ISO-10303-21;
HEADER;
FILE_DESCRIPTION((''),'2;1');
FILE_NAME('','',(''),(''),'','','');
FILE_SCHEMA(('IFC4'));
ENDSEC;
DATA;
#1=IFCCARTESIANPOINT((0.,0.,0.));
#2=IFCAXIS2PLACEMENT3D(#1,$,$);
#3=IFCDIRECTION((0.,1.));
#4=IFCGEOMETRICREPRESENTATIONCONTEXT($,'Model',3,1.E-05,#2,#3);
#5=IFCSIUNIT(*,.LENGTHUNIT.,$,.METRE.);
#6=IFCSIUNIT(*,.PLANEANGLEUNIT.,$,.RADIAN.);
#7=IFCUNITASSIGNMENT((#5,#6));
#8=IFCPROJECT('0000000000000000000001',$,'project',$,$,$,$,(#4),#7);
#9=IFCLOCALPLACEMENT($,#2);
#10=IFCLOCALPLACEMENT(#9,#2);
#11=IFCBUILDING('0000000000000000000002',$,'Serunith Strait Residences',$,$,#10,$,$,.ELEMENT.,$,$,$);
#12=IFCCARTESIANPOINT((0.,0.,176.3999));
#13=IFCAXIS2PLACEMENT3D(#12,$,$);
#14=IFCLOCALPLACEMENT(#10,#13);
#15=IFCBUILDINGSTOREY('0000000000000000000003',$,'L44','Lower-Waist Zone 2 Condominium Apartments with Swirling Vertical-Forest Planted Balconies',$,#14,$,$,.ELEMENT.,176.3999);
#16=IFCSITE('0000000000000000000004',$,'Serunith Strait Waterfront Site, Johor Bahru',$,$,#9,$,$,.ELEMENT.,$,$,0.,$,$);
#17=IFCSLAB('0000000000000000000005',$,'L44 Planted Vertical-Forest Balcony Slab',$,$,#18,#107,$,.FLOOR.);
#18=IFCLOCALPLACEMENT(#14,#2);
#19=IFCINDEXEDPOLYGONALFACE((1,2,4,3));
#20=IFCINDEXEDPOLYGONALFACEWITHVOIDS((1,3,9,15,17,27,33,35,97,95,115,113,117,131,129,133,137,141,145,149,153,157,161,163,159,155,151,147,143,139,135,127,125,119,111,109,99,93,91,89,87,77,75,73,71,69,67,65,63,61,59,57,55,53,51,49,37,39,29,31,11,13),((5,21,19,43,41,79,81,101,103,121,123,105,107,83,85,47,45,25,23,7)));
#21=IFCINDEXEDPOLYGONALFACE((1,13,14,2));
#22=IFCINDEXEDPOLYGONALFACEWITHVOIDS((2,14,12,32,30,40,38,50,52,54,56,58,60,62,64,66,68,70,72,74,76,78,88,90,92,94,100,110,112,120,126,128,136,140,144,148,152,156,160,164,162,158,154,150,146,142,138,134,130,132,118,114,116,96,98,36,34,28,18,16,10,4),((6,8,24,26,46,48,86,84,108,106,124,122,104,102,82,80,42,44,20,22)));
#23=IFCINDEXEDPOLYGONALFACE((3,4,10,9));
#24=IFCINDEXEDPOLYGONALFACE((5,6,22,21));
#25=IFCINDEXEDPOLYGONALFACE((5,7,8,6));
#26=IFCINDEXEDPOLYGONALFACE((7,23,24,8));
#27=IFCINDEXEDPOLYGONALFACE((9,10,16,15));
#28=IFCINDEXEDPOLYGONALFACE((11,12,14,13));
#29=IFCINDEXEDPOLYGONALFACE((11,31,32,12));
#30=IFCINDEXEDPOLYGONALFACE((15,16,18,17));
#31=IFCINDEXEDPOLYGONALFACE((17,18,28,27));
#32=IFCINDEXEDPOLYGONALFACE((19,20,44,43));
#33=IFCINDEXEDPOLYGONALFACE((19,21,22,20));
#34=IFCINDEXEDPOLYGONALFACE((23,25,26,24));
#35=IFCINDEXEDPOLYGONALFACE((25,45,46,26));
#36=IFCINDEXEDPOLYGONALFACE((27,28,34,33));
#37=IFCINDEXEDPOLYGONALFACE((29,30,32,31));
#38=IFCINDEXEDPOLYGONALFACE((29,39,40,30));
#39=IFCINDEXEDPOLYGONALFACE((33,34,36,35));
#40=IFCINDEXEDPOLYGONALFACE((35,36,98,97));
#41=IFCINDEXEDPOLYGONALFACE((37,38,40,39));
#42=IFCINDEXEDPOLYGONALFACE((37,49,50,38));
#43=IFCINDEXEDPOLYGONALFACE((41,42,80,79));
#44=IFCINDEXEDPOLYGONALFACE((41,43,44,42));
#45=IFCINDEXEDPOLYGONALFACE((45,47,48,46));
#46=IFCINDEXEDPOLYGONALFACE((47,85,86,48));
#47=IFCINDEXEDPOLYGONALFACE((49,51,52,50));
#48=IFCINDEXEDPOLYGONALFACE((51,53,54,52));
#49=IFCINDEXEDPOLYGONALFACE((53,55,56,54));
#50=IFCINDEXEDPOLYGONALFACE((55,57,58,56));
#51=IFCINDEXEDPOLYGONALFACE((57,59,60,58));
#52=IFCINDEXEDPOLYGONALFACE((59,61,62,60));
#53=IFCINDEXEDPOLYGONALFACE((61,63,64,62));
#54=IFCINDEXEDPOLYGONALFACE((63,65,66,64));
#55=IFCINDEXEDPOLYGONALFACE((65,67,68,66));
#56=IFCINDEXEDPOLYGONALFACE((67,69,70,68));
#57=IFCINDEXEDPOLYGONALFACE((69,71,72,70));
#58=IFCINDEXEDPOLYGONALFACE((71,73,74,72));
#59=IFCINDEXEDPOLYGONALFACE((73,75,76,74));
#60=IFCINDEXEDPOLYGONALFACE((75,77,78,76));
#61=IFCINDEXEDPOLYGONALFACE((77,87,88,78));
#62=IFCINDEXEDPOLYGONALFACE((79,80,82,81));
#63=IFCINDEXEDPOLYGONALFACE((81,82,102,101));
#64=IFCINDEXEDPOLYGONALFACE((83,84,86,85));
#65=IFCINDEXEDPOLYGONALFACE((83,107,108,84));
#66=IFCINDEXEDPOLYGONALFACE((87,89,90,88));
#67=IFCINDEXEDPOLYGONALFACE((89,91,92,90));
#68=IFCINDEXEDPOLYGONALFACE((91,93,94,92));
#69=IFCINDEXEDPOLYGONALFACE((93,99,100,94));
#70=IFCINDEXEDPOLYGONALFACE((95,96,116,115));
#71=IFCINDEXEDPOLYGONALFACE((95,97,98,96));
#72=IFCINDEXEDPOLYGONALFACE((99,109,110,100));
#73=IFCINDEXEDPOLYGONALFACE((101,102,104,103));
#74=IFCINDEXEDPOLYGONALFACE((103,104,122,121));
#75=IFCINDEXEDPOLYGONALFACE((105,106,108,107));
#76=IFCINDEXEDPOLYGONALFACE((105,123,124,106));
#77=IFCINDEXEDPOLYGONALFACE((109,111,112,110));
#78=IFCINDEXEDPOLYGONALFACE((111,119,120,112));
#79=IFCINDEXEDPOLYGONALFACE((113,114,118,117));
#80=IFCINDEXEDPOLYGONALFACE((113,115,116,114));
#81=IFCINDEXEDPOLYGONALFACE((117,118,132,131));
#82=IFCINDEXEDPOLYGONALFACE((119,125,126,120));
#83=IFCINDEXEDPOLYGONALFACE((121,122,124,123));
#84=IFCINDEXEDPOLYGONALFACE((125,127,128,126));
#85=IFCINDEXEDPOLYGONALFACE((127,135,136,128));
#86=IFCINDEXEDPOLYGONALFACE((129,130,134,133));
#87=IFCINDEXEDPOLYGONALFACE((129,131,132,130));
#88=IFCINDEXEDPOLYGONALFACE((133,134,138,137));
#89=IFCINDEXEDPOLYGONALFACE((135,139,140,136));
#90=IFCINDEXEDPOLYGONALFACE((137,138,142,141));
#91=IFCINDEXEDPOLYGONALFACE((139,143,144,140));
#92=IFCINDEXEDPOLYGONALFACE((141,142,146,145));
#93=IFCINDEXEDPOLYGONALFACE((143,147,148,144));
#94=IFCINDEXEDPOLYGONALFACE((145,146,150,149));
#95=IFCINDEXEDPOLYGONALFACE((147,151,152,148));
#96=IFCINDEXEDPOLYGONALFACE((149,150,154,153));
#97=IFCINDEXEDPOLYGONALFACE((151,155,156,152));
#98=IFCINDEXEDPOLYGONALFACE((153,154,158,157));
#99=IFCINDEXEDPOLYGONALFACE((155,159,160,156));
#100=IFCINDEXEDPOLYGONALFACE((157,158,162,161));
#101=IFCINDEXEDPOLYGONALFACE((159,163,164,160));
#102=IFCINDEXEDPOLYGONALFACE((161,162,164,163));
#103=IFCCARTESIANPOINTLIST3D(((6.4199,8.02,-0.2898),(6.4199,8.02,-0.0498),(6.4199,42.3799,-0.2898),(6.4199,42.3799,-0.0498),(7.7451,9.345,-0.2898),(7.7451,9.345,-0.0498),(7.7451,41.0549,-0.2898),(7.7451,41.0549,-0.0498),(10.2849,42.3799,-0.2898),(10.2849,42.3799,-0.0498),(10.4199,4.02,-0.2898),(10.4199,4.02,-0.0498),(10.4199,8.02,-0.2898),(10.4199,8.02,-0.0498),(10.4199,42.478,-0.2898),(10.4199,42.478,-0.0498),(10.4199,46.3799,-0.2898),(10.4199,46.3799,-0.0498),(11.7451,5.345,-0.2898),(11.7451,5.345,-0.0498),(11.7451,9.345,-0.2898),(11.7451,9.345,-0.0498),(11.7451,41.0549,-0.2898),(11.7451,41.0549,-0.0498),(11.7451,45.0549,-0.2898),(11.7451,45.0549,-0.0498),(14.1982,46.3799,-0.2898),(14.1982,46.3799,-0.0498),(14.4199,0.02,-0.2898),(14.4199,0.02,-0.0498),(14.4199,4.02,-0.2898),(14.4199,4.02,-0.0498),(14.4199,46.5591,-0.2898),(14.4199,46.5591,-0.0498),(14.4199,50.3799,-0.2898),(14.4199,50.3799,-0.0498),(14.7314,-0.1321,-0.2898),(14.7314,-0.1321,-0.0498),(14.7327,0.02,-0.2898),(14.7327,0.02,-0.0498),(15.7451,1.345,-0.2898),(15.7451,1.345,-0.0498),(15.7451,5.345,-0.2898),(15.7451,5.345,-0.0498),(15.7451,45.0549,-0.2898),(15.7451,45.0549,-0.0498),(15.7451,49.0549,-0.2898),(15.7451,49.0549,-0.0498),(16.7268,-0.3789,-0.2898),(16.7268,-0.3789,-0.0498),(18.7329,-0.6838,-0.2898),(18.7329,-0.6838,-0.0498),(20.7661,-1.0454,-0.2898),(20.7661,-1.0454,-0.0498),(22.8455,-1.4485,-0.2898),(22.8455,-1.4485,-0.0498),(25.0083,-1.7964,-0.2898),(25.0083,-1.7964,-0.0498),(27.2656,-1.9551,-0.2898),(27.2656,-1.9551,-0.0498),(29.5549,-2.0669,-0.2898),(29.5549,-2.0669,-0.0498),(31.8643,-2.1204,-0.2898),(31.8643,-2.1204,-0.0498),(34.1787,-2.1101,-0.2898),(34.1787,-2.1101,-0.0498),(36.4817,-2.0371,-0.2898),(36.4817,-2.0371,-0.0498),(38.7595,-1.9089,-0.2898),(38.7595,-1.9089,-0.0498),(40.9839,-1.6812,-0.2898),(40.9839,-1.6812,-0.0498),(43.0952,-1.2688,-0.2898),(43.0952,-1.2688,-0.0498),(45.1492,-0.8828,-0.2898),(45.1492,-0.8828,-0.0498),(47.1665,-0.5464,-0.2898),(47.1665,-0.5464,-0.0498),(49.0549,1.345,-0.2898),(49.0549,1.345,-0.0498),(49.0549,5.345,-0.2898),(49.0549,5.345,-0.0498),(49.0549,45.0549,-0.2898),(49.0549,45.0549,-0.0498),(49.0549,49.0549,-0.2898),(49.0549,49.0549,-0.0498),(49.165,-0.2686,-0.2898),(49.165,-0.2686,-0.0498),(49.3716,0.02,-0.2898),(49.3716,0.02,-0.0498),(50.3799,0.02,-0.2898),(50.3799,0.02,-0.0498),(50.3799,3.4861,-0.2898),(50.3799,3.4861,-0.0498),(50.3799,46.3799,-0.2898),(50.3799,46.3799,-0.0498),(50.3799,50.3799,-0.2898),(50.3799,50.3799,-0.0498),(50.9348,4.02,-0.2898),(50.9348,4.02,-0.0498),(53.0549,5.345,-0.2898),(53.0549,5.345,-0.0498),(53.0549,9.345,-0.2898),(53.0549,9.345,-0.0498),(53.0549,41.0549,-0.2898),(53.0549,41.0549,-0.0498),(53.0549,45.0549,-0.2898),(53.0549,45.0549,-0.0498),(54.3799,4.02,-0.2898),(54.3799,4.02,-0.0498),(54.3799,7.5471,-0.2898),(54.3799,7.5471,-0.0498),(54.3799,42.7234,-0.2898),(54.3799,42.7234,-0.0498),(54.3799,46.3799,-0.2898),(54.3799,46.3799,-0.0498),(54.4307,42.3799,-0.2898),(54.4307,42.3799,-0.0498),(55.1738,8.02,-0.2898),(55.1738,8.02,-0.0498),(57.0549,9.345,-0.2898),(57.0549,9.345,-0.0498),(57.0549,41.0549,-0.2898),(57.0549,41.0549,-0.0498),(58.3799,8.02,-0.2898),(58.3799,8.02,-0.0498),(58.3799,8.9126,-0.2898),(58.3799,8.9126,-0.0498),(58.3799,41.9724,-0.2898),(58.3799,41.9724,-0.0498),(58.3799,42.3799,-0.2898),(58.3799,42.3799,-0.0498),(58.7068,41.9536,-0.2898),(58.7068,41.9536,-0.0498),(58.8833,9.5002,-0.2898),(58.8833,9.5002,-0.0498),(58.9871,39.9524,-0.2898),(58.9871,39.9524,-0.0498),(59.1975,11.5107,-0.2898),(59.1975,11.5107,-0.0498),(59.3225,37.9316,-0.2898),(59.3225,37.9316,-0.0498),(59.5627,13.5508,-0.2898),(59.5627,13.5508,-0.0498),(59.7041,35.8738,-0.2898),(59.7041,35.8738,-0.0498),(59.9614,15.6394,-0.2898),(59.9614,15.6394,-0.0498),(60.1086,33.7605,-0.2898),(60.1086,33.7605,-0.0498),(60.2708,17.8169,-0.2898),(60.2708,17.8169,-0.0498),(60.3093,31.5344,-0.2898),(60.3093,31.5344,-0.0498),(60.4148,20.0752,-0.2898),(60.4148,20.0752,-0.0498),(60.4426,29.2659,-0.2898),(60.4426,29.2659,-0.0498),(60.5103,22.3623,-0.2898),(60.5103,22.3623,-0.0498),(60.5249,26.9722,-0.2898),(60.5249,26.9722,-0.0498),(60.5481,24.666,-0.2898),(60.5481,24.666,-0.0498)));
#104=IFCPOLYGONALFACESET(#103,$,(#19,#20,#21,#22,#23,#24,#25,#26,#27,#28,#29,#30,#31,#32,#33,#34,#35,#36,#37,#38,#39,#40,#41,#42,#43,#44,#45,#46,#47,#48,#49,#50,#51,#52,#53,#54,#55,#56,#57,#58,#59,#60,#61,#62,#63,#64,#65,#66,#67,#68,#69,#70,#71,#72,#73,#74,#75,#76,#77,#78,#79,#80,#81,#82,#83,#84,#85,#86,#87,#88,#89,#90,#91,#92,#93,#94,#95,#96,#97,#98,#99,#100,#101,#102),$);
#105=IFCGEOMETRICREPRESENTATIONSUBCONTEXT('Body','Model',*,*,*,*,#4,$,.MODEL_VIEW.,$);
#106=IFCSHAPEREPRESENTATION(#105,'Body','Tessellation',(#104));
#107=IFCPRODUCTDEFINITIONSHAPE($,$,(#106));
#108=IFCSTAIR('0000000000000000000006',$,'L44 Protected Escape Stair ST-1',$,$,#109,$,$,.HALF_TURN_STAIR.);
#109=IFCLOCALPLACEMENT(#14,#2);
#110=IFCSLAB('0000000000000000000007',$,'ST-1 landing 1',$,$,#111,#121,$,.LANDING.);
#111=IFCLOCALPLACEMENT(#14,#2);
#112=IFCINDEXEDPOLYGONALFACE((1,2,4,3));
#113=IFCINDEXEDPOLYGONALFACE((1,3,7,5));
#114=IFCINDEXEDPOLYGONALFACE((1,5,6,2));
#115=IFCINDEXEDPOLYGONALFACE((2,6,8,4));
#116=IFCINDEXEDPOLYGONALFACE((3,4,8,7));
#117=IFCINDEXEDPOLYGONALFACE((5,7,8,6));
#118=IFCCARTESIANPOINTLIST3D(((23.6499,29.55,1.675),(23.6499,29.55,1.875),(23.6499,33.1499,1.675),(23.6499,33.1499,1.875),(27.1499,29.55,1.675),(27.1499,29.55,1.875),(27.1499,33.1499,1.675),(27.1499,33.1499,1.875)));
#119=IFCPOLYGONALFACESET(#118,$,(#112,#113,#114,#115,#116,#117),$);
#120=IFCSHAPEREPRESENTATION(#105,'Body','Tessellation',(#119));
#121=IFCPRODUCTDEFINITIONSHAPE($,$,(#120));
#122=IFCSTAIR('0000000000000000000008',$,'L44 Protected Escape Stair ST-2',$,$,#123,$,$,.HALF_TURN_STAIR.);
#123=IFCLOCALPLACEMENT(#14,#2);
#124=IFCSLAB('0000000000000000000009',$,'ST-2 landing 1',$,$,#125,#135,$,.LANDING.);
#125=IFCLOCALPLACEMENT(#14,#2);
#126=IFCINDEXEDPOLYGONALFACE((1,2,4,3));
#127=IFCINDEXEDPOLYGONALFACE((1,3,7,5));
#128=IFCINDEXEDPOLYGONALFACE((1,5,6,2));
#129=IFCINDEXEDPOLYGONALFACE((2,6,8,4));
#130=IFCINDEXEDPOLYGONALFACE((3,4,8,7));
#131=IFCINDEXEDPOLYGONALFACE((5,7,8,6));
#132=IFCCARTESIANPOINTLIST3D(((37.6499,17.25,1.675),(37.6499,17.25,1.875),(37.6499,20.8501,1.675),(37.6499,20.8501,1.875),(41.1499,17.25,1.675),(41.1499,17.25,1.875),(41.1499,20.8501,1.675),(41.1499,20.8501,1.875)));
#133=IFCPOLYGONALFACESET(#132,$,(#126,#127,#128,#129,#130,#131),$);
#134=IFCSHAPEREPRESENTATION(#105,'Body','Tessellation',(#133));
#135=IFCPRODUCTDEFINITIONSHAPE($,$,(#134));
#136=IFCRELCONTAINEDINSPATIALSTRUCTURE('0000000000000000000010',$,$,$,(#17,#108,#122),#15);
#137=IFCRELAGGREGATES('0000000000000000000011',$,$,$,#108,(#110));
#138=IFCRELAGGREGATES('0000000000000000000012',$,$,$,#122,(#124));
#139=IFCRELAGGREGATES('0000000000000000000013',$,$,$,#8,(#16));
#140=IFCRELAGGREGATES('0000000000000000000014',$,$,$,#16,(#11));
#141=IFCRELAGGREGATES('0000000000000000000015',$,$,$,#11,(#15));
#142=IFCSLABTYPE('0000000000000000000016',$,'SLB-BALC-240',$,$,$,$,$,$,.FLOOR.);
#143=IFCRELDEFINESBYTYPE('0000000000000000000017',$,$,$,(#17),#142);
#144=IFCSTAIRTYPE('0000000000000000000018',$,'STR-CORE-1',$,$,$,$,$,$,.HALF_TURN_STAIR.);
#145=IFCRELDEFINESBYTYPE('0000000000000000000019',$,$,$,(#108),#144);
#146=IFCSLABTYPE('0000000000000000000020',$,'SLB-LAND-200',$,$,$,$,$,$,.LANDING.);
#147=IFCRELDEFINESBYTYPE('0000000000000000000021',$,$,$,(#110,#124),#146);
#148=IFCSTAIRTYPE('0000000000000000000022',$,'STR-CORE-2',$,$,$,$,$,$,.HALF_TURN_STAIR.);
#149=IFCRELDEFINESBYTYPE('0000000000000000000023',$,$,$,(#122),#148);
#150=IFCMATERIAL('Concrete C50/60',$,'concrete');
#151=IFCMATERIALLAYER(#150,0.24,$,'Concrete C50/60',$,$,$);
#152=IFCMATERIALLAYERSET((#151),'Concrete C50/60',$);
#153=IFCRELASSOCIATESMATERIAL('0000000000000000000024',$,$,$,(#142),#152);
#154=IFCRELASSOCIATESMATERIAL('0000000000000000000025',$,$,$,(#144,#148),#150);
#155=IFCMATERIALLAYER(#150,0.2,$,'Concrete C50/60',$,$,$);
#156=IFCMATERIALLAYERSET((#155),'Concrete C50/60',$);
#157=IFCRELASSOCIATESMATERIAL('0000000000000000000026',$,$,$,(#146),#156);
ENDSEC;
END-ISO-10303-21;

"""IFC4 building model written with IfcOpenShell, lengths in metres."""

from ifc_helpers import new_model, si_unit, direction, frame, origin, place, context, subcontext, project, spatial, polyline, outline, extrude, material, layer, layer_set, type_object, element, aggregate, save


model = new_model("IFC4")

# Units and contexts
model_context = context("Model", 3, precision=1e-05, world=origin(), true_north=direction((0.0, 1.0)))
body_context = subcontext(model_context, "Body", "Model", "MODEL_VIEW")
ifc_project = project(units=[si_unit("LENGTHUNIT", "METRE"), si_unit("PLANEANGLEUNIT", "RADIAN")], contexts=[model_context])

# Site, building, storey
site_placement = place(None, origin())
site = spatial("IfcSite", under=ifc_project, at=site_placement, Name="Serunith Strait Waterfront Site, Johor Bahru", CompositionType="ELEMENT", RefElevation=0.0)
building_placement = place(site_placement, origin())
building = spatial("IfcBuilding", under=site, at=building_placement, Name="Serunith Strait Residences", CompositionType="ELEMENT")
storey_placement = place(building_placement, frame((0.0, 0.0, 176.3999)))
storey = spatial("IfcBuildingStorey", under=building, at=storey_placement, Name="L44", Description="Lower-Waist Zone 2 Condominium Apartments with Swirling Vertical-Forest Planted Balconies", CompositionType="ELEMENT", Elevation=176.3999)

# Slab
ifc_material_1 = material(Name="Concrete C50/60", Category="concrete")
ifc_layer_1 = layer(ifc_material_1, 0.24, Name="Concrete C50/60")
ifc_layer_set_1 = layer_set([ifc_layer_1], Name="Concrete C50/60")
slab_type_1 = type_object("IfcSlabType", Name="SLB-BALC-240", PredefinedType="FLOOR", material=ifc_layer_set_1)
slab_1_placement = place(storey_placement, frame((0.0, 0.0, -0.2898)))
element("IfcSlab", 1, at=slab_1_placement, inside=storey, type_object=slab_type_1, Name="L44 Planted Vertical-Forest Balcony Slab", PredefinedType="FLOOR", context=body_context, shape_type="SweptSolid", body=[
    extrude(outline(polyline([(14.4199, 0.02), (14.4199, 4.02), (10.4199, 4.02), (10.4199, 8.02), (6.4199, 8.02), (6.4199, 42.3799), (10.2849, 42.3799), (10.4199, 42.478), (10.4199, 46.3799), (14.1982, 46.3799), (14.4199, 46.5591), (14.4199, 50.3799), (50.3799, 50.3799), (50.3799, 46.3799), (54.3799, 46.3799), (54.3799, 42.7234), (54.4307, 42.3799), (58.3799, 42.3799), (58.3799, 41.9724), (58.7068, 41.9536), (58.9871, 39.9524), (59.3225, 37.9316), (59.7041, 35.8738), (60.1086, 33.7605), (60.3093, 31.5344), (60.4426, 29.2659), (60.5249, 26.9722), (60.5481, 24.666), (60.5103, 22.3623), (60.4148, 20.0752), (60.2708, 17.8169), (59.9614, 15.6394), (59.5627, 13.5508), (59.1975, 11.5107), (58.8833, 9.5002), (58.3799, 8.9126), (58.3799, 8.02), (55.1738, 8.02), (54.3799, 7.5471), (54.3799, 4.02), (50.9348, 4.02), (50.3799, 3.4861), (50.3799, 0.02), (49.3716, 0.02), (49.165, -0.2686), (47.1665, -0.5464), (45.1492, -0.8828), (43.0952, -1.2688), (40.9839, -1.6812), (38.7595, -1.9089), (36.4817, -2.0371), (34.1787, -2.1101), (31.8643, -2.1204), (29.5549, -2.0669), (27.2656, -1.9551), (25.0083, -1.7964), (22.8455, -1.4485), (20.7661, -1.0454), (18.7329, -0.6838), (16.7268, -0.3789), (14.7314, -0.1321), (14.7327, 0.02), (14.4199, 0.02)]), holes=[polyline([(49.0549, 1.345), (49.0549, 5.345), (53.0549, 5.345), (53.0549, 9.345), (57.0549, 9.345), (57.0549, 41.0549), (53.0549, 41.0549), (53.0549, 45.0549), (49.0549, 45.0549), (49.0549, 49.0549), (15.7451, 49.0549), (15.7451, 45.0549), (11.7451, 45.0549), (11.7451, 41.0549), (7.7451, 41.0549), (7.7451, 9.345), (11.7451, 9.345), (11.7451, 5.345), (15.7451, 5.345), (15.7451, 1.345), (49.0549, 1.345)])]), origin(), (0.0, 0.0, 1.0), 0.24),
])

# Stairs, slabs
stair_type_1 = type_object("IfcStairType", Name="STR-CORE-1", PredefinedType="HALF_TURN_STAIR", material=ifc_material_1)
stair_1_placement = place(storey_placement, origin())
stair_1 = element("IfcStair", 2, at=stair_1_placement, inside=storey, type_object=stair_type_1, Name="L44 Protected Escape Stair ST-1", PredefinedType="HALF_TURN_STAIR")
ifc_layer_2 = layer(ifc_material_1, 0.2, Name="Concrete C50/60")
ifc_layer_set_2 = layer_set([ifc_layer_2], Name="Concrete C50/60")
slab_type_2 = type_object("IfcSlabType", Name="SLB-LAND-200", PredefinedType="LANDING", material=ifc_layer_set_2)
slab_2_placement = place(storey_placement, frame((0.0, 0.0, 1.675)))
slab_2 = element("IfcSlab", 3, at=slab_2_placement, type_object=slab_type_2, Name="ST-1 landing 1", PredefinedType="LANDING", context=body_context, shape_type="SweptSolid", body=[
    extrude(outline(polyline([(27.1499, 29.55), (27.1499, 33.1499), (23.6499, 33.1499), (23.6499, 29.55), (27.1499, 29.55)])), origin(), (0.0, 0.0, 1.0), 0.2),
])
aggregate(stair_1, [slab_2])
stair_type_2 = type_object("IfcStairType", Name="STR-CORE-2", PredefinedType="HALF_TURN_STAIR", material=ifc_material_1)
stair_2_placement = place(storey_placement, origin())
stair_2 = element("IfcStair", 4, at=stair_2_placement, inside=storey, type_object=stair_type_2, Name="L44 Protected Escape Stair ST-2", PredefinedType="HALF_TURN_STAIR")
slab_3_placement = place(storey_placement, frame((0.0, 0.0, 1.675)))
slab_3 = element("IfcSlab", 5, at=slab_3_placement, type_object=slab_type_2, Name="ST-2 landing 1", PredefinedType="LANDING", context=body_context, shape_type="SweptSolid", body=[
    extrude(outline(polyline([(37.6499, 20.8501), (37.6499, 17.25), (41.1499, 17.25), (41.1499, 20.8501), (37.6499, 20.8501)])), origin(), (0.0, 0.0, 1.0), 0.2),
])
aggregate(stair_2, [slab_3])

save(model, "model.ifc")
